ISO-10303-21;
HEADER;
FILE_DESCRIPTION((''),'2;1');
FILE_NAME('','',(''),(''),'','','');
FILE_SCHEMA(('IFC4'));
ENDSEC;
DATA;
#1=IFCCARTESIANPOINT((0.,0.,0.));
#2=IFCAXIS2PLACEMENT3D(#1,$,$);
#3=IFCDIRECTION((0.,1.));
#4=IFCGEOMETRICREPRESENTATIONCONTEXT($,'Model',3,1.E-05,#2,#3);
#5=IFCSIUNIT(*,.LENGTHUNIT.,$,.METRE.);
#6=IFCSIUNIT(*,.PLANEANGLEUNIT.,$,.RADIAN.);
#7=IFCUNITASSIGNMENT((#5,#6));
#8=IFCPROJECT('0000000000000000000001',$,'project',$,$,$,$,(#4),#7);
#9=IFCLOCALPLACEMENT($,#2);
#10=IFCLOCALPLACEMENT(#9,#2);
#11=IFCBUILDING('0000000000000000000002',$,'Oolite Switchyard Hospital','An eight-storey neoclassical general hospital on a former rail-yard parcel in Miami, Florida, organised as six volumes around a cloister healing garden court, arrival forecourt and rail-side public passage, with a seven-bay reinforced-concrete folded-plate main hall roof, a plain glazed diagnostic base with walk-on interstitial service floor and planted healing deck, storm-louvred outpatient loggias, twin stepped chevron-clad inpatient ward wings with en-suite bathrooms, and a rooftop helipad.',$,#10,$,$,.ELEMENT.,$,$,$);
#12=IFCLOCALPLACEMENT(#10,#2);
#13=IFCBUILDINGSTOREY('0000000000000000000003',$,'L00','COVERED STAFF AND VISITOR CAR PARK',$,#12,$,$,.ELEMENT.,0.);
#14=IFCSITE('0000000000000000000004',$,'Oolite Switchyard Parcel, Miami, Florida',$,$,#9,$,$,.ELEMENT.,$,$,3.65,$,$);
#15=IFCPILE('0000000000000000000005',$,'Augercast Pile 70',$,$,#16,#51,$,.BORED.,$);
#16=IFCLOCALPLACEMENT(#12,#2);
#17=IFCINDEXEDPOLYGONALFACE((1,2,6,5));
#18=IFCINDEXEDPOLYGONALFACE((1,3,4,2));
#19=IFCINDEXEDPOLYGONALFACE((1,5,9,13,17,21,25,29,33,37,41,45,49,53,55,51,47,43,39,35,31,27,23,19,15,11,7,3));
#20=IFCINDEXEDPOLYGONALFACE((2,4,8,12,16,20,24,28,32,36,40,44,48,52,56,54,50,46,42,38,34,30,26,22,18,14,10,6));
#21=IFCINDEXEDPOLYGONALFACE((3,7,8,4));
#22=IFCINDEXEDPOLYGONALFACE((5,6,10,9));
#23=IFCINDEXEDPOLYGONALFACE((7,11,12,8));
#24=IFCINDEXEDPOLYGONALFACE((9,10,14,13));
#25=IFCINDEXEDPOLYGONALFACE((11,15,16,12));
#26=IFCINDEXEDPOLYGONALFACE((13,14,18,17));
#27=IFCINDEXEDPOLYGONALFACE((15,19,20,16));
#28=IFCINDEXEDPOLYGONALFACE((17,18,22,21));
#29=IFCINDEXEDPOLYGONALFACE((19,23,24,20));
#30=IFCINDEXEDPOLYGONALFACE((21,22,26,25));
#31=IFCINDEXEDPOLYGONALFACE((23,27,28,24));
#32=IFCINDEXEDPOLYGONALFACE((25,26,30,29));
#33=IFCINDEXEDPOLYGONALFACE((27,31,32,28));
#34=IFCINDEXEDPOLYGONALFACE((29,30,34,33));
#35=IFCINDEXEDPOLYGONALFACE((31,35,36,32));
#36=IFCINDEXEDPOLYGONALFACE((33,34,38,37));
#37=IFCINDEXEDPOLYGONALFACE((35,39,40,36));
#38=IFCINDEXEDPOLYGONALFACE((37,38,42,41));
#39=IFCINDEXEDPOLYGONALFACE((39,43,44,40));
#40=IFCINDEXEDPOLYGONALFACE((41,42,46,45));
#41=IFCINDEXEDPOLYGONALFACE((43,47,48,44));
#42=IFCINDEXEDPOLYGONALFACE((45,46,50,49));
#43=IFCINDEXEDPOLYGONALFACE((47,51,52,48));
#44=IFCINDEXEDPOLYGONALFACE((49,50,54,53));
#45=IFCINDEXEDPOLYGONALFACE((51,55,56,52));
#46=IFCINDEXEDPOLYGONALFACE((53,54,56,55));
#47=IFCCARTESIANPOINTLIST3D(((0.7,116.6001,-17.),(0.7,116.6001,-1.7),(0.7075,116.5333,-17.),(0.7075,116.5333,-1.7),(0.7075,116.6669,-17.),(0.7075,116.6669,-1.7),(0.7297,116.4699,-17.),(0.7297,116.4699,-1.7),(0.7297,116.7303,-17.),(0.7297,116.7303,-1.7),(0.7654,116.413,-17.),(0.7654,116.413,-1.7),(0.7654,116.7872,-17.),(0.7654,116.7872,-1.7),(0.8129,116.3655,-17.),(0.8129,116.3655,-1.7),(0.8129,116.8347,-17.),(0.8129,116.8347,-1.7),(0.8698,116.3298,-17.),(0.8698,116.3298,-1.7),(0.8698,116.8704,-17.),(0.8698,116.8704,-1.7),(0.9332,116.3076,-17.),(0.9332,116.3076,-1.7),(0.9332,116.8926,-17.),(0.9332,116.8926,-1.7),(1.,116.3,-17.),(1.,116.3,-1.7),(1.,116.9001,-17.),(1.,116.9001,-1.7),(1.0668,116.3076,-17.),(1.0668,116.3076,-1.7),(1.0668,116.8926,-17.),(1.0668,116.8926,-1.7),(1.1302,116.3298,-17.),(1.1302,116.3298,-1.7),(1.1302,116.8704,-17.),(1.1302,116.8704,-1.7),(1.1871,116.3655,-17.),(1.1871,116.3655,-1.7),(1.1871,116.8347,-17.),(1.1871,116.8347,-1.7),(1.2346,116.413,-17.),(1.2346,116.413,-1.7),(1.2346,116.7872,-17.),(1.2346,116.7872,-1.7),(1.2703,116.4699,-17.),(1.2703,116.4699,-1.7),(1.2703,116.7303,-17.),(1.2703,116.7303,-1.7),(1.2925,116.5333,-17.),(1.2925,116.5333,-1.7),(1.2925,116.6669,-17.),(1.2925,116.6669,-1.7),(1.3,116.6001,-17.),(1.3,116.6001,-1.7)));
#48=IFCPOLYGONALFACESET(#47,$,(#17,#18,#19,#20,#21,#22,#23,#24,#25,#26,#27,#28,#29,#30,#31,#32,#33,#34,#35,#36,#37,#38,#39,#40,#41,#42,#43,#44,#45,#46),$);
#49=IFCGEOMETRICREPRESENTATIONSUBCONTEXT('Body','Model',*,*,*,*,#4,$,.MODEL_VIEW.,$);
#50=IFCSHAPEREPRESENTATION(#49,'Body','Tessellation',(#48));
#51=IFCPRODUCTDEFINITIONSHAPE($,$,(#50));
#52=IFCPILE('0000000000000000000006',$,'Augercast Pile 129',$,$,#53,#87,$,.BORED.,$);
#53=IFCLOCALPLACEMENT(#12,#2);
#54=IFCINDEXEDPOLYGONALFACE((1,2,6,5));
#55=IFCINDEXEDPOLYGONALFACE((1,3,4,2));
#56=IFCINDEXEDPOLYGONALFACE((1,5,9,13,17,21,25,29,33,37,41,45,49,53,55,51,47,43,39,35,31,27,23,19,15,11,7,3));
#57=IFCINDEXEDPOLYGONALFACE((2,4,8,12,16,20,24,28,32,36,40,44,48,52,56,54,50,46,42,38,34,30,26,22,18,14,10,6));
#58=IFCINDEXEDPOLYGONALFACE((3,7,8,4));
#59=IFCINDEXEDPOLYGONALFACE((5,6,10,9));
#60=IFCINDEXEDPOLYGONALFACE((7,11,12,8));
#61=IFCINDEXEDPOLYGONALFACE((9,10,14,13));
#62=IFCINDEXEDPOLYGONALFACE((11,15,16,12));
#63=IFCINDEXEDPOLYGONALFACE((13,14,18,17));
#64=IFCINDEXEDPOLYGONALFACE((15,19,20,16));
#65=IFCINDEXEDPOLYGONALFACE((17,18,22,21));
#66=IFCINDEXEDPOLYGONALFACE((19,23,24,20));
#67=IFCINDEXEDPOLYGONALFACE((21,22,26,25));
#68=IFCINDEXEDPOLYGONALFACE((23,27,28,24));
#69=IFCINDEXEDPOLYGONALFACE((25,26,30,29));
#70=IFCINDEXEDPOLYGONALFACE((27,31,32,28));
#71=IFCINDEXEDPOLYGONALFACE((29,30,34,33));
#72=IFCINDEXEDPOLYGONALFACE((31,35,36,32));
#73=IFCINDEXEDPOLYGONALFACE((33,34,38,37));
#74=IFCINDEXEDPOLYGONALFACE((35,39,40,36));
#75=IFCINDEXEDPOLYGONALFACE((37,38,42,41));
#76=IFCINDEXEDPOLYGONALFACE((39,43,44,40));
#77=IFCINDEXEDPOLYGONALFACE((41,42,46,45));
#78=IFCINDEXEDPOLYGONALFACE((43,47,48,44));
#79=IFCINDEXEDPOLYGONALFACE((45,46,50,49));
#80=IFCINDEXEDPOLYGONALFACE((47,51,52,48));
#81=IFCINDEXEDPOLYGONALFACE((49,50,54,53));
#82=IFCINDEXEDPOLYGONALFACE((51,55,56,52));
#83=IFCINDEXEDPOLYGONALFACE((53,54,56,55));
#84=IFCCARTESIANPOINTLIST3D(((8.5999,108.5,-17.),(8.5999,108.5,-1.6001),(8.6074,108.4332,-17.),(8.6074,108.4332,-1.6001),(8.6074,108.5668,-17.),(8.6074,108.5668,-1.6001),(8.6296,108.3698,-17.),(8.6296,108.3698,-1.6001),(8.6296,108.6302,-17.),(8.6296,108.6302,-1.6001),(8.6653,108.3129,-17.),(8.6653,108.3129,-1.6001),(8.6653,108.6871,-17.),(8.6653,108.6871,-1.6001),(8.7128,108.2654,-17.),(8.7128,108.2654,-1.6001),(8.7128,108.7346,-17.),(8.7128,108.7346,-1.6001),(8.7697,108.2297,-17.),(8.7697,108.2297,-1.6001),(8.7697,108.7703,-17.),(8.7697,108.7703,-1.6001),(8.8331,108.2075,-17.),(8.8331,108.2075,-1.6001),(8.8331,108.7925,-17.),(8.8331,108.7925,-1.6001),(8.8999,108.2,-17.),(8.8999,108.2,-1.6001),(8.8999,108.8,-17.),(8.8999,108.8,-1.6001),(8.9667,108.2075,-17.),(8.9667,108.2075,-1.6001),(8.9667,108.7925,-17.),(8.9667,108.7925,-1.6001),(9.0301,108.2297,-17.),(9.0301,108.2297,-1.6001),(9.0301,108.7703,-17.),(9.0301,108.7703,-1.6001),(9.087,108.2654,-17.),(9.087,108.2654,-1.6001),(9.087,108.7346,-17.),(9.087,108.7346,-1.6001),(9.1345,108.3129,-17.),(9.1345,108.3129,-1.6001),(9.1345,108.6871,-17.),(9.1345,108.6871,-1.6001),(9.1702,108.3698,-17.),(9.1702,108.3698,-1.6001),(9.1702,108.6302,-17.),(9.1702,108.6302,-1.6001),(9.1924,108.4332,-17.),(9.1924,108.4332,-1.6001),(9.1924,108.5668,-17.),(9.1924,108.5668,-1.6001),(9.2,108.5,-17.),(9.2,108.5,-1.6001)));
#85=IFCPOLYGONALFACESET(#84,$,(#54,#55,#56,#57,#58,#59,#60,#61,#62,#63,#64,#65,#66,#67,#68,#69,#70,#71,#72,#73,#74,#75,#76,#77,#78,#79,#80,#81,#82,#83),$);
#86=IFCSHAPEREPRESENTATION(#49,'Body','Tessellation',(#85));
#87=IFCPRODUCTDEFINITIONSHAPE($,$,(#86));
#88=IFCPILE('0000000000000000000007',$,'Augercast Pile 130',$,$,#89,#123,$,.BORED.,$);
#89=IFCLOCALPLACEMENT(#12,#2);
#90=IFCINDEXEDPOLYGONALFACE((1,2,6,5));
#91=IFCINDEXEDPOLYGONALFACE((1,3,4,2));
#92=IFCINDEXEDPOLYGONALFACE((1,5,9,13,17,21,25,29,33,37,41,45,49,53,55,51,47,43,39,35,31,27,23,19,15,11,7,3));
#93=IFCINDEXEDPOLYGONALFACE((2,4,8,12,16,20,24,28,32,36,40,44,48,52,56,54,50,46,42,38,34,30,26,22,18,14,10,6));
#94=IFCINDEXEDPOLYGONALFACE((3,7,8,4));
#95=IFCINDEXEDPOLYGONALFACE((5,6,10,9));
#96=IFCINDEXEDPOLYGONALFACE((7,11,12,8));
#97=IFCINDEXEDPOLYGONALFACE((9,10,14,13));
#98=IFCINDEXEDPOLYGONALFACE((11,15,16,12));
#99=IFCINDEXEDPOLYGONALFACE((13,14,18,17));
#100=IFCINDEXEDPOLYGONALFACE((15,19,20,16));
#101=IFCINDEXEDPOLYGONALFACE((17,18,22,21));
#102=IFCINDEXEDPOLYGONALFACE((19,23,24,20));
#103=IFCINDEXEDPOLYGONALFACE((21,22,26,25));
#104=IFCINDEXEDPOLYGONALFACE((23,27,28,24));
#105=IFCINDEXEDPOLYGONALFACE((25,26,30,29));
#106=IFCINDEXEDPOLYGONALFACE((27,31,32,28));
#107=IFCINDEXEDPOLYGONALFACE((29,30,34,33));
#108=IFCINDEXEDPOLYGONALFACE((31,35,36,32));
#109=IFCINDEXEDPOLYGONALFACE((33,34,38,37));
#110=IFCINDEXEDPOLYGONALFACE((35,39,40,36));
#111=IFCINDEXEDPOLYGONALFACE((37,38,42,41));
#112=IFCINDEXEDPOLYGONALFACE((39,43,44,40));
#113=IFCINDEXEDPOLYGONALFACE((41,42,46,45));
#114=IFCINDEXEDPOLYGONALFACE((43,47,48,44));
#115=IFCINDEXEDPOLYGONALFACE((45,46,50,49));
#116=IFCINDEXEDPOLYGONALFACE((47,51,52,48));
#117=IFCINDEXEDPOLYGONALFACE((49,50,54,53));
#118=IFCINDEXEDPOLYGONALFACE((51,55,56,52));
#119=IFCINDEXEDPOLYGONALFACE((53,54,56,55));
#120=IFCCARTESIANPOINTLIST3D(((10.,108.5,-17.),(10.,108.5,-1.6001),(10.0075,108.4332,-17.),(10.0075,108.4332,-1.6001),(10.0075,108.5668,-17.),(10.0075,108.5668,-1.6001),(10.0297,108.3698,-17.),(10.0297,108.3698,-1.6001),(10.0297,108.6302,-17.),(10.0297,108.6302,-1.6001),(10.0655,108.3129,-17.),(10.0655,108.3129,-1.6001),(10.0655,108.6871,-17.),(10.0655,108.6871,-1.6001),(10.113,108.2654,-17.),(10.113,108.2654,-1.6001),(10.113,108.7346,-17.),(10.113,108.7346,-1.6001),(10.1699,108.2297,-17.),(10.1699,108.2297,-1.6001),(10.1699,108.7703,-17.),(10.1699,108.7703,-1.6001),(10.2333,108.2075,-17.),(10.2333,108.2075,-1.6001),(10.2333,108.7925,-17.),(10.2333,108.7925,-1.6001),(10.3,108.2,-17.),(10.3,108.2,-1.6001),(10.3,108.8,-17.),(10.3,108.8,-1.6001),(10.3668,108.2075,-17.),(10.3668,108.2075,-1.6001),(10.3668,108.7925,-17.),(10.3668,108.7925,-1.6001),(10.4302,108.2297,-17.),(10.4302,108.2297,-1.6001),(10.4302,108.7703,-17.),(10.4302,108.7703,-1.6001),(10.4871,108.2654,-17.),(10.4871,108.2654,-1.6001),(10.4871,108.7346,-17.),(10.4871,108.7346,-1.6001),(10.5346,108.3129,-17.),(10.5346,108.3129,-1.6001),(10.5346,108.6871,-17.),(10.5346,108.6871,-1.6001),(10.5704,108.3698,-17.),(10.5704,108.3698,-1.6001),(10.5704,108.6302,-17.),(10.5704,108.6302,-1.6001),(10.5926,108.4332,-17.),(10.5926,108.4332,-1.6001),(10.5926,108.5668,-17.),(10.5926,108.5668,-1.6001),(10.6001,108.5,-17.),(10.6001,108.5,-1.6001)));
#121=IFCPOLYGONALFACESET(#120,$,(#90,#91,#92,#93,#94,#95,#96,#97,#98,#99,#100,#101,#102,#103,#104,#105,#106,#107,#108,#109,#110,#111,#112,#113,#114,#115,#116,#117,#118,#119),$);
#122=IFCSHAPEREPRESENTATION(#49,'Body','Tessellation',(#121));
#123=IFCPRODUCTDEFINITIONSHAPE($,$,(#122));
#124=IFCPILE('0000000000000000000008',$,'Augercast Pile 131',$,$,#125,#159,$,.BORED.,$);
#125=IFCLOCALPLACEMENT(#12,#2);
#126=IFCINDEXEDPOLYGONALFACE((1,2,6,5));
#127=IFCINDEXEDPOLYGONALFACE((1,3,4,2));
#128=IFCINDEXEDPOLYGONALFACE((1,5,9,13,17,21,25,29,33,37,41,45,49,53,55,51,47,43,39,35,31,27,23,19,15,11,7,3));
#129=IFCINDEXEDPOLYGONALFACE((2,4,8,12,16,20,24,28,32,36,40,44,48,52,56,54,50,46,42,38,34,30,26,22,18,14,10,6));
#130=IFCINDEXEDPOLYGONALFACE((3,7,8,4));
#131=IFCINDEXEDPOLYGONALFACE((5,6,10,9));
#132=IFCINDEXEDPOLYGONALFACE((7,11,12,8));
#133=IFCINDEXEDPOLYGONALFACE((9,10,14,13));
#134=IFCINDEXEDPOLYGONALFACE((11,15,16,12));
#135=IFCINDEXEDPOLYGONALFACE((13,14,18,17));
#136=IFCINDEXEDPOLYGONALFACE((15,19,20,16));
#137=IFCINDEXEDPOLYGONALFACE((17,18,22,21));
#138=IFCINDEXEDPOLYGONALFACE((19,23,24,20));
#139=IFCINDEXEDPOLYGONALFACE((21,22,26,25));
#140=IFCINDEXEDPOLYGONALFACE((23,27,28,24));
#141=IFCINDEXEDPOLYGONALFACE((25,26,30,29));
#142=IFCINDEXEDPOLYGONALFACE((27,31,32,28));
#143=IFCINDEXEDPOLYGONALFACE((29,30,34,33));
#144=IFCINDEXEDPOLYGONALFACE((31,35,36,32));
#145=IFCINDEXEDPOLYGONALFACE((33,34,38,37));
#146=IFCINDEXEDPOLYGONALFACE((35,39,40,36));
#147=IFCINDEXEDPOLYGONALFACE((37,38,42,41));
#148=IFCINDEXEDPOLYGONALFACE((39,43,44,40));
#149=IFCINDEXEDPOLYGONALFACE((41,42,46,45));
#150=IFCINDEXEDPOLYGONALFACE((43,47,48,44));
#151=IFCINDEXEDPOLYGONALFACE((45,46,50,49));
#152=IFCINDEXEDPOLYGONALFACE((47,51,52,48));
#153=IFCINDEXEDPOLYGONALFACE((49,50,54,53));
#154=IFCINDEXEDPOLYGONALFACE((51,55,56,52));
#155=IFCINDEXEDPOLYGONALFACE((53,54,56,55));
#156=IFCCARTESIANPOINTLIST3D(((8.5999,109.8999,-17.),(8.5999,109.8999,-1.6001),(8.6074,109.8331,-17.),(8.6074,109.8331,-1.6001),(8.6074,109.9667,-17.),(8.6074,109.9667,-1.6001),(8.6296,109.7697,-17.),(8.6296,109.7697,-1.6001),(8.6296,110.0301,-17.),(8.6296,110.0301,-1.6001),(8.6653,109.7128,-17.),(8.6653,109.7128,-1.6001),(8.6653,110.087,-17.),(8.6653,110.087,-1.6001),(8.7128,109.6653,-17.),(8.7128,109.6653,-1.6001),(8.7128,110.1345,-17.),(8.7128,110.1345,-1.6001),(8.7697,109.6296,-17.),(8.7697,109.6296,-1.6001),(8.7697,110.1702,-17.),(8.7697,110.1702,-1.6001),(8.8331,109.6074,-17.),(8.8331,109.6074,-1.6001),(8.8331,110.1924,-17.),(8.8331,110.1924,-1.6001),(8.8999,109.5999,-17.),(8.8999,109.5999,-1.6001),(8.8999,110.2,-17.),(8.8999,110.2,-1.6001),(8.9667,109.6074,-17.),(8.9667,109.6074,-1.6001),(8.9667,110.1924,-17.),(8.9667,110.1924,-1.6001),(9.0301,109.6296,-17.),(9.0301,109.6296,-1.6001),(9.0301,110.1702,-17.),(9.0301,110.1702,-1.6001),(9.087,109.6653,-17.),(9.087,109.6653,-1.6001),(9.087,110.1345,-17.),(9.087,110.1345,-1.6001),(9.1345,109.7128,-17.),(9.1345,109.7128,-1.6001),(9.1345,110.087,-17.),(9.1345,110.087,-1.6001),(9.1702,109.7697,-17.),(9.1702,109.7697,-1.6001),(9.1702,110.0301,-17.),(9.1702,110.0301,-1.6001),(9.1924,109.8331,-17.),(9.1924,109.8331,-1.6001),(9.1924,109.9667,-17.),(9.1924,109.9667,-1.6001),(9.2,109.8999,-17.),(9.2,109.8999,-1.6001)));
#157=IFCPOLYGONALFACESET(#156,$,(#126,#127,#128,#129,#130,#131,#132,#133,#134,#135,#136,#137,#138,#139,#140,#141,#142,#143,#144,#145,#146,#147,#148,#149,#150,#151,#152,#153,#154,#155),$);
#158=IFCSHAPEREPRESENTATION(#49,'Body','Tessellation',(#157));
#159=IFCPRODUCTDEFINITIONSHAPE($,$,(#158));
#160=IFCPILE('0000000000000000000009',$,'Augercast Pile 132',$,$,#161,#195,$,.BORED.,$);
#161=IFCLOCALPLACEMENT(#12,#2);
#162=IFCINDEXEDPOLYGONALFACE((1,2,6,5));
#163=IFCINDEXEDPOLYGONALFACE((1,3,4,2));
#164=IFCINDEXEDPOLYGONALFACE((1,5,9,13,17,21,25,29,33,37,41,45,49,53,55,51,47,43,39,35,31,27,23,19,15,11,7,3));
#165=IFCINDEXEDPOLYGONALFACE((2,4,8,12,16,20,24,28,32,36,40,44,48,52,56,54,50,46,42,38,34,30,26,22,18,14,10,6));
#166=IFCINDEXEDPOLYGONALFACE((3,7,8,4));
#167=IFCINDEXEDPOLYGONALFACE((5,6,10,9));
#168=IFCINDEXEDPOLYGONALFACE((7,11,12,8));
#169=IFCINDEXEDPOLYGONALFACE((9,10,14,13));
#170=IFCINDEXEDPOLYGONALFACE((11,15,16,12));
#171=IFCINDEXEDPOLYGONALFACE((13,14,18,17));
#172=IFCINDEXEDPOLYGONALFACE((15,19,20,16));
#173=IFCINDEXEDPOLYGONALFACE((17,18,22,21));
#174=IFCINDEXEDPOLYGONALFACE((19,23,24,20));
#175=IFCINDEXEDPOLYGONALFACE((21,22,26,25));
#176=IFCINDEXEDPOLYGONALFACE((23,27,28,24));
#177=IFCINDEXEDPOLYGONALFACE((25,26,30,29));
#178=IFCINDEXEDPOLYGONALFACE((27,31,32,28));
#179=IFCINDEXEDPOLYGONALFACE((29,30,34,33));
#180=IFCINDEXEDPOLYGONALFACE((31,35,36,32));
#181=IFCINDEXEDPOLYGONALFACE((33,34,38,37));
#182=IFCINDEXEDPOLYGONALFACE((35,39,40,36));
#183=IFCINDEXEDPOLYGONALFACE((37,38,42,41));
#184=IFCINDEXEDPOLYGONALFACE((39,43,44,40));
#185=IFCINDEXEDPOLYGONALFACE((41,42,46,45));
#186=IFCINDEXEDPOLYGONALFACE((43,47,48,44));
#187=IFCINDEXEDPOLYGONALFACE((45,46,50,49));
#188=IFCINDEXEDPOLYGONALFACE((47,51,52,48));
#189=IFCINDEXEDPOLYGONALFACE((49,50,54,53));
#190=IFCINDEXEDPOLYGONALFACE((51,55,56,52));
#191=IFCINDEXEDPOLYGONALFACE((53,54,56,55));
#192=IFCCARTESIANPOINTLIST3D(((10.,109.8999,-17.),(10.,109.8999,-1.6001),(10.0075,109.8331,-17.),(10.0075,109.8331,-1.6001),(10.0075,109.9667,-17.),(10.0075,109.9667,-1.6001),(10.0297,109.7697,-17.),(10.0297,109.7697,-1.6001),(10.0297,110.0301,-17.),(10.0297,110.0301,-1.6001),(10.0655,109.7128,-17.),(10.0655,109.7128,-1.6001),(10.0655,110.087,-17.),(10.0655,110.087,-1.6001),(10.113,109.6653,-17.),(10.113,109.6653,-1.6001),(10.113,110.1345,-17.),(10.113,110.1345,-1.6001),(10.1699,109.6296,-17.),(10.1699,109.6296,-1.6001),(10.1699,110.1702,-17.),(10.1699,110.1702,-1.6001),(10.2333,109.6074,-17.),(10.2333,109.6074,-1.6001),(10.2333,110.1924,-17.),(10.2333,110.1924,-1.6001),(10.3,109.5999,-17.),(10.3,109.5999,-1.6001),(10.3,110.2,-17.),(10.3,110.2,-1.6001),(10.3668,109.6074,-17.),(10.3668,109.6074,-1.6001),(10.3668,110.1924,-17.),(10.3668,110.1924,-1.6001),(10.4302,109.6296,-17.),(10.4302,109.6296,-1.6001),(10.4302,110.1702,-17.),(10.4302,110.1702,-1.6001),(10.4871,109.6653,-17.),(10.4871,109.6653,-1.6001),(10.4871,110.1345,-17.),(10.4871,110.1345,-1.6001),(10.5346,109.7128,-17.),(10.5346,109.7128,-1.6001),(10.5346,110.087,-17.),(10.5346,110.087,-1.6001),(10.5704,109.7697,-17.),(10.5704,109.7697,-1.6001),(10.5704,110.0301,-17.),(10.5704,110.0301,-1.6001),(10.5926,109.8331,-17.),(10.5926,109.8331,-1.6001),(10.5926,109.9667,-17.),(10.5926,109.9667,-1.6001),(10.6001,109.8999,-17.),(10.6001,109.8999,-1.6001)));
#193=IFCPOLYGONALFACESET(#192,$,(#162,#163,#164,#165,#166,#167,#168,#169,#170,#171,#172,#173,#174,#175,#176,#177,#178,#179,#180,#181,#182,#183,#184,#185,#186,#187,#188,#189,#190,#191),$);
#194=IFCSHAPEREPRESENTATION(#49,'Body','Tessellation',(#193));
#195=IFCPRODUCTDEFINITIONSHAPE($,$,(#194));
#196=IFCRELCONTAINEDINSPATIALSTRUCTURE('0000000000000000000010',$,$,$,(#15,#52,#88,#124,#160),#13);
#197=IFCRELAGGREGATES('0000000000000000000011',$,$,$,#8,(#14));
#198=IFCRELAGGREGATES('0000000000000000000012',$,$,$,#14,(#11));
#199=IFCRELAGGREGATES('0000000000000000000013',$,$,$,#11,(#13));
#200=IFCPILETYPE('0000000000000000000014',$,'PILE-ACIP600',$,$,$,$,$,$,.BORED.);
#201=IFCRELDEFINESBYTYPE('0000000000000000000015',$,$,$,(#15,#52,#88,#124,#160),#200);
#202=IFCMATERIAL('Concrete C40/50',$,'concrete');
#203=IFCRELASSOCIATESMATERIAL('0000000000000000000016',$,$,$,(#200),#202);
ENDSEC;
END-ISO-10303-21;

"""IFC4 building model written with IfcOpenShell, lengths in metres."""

from ifc_helpers import new_model, si_unit, direction, frame, origin, origin_2d, place, context, subcontext, project, spatial, circle, extrude, material, material_profile, profile_set, type_object, element, save


model = new_model("IFC4")

# Units and contexts
model_context = context("Model", 3, precision=1e-05, world=origin(), true_north=direction((0.0, 1.0)))
body_context = subcontext(model_context, "Body", "Model", "MODEL_VIEW")
ifc_project = project(units=[si_unit("LENGTHUNIT", "METRE"), si_unit("PLANEANGLEUNIT", "RADIAN")], contexts=[model_context])

# Site, building, storey
site_placement = place(None, origin())
site = spatial("IfcSite", under=ifc_project, at=site_placement, Name="Oolite Switchyard Parcel, Miami, Florida", CompositionType="ELEMENT", RefElevation=3.65)
building_placement = place(site_placement, origin())
building = spatial("IfcBuilding", under=site, at=building_placement, Name="Oolite Switchyard Hospital", Description="An eight-storey neoclassical general hospital on a former rail-yard parcel in Miami, Florida, organised as six volumes around a cloister healing garden court, arrival forecourt and rail-side public passage, with a seven-bay reinforced-concrete folded-plate main hall roof, a plain glazed diagnostic base with walk-on interstitial service floor and planted healing deck, storm-louvred outpatient loggias, twin stepped chevron-clad inpatient ward wings with en-suite bathrooms, and a rooftop helipad.", CompositionType="ELEMENT")
storey_placement = place(building_placement, origin())
storey = spatial("IfcBuildingStorey", under=building, at=storey_placement, Name="L00", Description="COVERED STAFF AND VISITOR CAR PARK", CompositionType="ELEMENT", Elevation=0.0)

# Shared definitions
ifc_material_1 = material(Name="Concrete C40/50", Category="concrete")

# Piles
ifc_material_profile_1 = material_profile(ifc_material_1, circle(Radius=0.3, at=origin_2d()), Name="PILE600")
ifc_profile_set_1 = profile_set([ifc_material_profile_1], Name="Concrete C40/50")
pile_type = type_object("IfcPileType", Name="PILE-ACIP600", PredefinedType="BORED", material=ifc_profile_set_1)
pile_1_placement = place(storey_placement, frame((1.0, 116.6001, -1.7), z_axis=(0.0, 0.0, -1.0), x_axis=(1.0, 0.0, 0.0)))
element("IfcPile", 1, at=pile_1_placement, inside=storey, type_object=pile_type, Name="Augercast Pile 70", PredefinedType="BORED", context=body_context, shape_type="SweptSolid", body=[
    extrude(circle(Radius=0.3, at=origin_2d()), origin(), (0.0, 0.0, 1.0), 15.3),
])
for number, where, z_axis, x_axis, name in (
    (2, (8.8999, 108.5, -1.6001), (0.0, 0.0, -1.0), (1.0, 0.0, 0.0), "Augercast Pile 129"),
    (3, (10.3, 108.5, -1.6001), (0.0, 0.0, -1.0), (1.0, 0.0, 0.0), "Augercast Pile 130"),
    (4, (8.8999, 109.8999, -1.6001), (0.0, 0.0, -1.0), (1.0, 0.0, 0.0), "Augercast Pile 131"),
    (5, (10.3, 109.8999, -1.6001), (0.0, 0.0, -1.0), (1.0, 0.0, 0.0), "Augercast Pile 132"),
):
    element("IfcPile", number, at=place(storey_placement, frame(where, z_axis=z_axis, x_axis=x_axis)), inside=storey, type_object=pile_type, Name=name, PredefinedType="BORED", context=body_context, shape_type="SweptSolid", body=[
        extrude(circle(Radius=0.3, at=origin_2d()), origin(), (0.0, 0.0, 1.0), 15.3999),
    ])

save(model, "model.ifc")
